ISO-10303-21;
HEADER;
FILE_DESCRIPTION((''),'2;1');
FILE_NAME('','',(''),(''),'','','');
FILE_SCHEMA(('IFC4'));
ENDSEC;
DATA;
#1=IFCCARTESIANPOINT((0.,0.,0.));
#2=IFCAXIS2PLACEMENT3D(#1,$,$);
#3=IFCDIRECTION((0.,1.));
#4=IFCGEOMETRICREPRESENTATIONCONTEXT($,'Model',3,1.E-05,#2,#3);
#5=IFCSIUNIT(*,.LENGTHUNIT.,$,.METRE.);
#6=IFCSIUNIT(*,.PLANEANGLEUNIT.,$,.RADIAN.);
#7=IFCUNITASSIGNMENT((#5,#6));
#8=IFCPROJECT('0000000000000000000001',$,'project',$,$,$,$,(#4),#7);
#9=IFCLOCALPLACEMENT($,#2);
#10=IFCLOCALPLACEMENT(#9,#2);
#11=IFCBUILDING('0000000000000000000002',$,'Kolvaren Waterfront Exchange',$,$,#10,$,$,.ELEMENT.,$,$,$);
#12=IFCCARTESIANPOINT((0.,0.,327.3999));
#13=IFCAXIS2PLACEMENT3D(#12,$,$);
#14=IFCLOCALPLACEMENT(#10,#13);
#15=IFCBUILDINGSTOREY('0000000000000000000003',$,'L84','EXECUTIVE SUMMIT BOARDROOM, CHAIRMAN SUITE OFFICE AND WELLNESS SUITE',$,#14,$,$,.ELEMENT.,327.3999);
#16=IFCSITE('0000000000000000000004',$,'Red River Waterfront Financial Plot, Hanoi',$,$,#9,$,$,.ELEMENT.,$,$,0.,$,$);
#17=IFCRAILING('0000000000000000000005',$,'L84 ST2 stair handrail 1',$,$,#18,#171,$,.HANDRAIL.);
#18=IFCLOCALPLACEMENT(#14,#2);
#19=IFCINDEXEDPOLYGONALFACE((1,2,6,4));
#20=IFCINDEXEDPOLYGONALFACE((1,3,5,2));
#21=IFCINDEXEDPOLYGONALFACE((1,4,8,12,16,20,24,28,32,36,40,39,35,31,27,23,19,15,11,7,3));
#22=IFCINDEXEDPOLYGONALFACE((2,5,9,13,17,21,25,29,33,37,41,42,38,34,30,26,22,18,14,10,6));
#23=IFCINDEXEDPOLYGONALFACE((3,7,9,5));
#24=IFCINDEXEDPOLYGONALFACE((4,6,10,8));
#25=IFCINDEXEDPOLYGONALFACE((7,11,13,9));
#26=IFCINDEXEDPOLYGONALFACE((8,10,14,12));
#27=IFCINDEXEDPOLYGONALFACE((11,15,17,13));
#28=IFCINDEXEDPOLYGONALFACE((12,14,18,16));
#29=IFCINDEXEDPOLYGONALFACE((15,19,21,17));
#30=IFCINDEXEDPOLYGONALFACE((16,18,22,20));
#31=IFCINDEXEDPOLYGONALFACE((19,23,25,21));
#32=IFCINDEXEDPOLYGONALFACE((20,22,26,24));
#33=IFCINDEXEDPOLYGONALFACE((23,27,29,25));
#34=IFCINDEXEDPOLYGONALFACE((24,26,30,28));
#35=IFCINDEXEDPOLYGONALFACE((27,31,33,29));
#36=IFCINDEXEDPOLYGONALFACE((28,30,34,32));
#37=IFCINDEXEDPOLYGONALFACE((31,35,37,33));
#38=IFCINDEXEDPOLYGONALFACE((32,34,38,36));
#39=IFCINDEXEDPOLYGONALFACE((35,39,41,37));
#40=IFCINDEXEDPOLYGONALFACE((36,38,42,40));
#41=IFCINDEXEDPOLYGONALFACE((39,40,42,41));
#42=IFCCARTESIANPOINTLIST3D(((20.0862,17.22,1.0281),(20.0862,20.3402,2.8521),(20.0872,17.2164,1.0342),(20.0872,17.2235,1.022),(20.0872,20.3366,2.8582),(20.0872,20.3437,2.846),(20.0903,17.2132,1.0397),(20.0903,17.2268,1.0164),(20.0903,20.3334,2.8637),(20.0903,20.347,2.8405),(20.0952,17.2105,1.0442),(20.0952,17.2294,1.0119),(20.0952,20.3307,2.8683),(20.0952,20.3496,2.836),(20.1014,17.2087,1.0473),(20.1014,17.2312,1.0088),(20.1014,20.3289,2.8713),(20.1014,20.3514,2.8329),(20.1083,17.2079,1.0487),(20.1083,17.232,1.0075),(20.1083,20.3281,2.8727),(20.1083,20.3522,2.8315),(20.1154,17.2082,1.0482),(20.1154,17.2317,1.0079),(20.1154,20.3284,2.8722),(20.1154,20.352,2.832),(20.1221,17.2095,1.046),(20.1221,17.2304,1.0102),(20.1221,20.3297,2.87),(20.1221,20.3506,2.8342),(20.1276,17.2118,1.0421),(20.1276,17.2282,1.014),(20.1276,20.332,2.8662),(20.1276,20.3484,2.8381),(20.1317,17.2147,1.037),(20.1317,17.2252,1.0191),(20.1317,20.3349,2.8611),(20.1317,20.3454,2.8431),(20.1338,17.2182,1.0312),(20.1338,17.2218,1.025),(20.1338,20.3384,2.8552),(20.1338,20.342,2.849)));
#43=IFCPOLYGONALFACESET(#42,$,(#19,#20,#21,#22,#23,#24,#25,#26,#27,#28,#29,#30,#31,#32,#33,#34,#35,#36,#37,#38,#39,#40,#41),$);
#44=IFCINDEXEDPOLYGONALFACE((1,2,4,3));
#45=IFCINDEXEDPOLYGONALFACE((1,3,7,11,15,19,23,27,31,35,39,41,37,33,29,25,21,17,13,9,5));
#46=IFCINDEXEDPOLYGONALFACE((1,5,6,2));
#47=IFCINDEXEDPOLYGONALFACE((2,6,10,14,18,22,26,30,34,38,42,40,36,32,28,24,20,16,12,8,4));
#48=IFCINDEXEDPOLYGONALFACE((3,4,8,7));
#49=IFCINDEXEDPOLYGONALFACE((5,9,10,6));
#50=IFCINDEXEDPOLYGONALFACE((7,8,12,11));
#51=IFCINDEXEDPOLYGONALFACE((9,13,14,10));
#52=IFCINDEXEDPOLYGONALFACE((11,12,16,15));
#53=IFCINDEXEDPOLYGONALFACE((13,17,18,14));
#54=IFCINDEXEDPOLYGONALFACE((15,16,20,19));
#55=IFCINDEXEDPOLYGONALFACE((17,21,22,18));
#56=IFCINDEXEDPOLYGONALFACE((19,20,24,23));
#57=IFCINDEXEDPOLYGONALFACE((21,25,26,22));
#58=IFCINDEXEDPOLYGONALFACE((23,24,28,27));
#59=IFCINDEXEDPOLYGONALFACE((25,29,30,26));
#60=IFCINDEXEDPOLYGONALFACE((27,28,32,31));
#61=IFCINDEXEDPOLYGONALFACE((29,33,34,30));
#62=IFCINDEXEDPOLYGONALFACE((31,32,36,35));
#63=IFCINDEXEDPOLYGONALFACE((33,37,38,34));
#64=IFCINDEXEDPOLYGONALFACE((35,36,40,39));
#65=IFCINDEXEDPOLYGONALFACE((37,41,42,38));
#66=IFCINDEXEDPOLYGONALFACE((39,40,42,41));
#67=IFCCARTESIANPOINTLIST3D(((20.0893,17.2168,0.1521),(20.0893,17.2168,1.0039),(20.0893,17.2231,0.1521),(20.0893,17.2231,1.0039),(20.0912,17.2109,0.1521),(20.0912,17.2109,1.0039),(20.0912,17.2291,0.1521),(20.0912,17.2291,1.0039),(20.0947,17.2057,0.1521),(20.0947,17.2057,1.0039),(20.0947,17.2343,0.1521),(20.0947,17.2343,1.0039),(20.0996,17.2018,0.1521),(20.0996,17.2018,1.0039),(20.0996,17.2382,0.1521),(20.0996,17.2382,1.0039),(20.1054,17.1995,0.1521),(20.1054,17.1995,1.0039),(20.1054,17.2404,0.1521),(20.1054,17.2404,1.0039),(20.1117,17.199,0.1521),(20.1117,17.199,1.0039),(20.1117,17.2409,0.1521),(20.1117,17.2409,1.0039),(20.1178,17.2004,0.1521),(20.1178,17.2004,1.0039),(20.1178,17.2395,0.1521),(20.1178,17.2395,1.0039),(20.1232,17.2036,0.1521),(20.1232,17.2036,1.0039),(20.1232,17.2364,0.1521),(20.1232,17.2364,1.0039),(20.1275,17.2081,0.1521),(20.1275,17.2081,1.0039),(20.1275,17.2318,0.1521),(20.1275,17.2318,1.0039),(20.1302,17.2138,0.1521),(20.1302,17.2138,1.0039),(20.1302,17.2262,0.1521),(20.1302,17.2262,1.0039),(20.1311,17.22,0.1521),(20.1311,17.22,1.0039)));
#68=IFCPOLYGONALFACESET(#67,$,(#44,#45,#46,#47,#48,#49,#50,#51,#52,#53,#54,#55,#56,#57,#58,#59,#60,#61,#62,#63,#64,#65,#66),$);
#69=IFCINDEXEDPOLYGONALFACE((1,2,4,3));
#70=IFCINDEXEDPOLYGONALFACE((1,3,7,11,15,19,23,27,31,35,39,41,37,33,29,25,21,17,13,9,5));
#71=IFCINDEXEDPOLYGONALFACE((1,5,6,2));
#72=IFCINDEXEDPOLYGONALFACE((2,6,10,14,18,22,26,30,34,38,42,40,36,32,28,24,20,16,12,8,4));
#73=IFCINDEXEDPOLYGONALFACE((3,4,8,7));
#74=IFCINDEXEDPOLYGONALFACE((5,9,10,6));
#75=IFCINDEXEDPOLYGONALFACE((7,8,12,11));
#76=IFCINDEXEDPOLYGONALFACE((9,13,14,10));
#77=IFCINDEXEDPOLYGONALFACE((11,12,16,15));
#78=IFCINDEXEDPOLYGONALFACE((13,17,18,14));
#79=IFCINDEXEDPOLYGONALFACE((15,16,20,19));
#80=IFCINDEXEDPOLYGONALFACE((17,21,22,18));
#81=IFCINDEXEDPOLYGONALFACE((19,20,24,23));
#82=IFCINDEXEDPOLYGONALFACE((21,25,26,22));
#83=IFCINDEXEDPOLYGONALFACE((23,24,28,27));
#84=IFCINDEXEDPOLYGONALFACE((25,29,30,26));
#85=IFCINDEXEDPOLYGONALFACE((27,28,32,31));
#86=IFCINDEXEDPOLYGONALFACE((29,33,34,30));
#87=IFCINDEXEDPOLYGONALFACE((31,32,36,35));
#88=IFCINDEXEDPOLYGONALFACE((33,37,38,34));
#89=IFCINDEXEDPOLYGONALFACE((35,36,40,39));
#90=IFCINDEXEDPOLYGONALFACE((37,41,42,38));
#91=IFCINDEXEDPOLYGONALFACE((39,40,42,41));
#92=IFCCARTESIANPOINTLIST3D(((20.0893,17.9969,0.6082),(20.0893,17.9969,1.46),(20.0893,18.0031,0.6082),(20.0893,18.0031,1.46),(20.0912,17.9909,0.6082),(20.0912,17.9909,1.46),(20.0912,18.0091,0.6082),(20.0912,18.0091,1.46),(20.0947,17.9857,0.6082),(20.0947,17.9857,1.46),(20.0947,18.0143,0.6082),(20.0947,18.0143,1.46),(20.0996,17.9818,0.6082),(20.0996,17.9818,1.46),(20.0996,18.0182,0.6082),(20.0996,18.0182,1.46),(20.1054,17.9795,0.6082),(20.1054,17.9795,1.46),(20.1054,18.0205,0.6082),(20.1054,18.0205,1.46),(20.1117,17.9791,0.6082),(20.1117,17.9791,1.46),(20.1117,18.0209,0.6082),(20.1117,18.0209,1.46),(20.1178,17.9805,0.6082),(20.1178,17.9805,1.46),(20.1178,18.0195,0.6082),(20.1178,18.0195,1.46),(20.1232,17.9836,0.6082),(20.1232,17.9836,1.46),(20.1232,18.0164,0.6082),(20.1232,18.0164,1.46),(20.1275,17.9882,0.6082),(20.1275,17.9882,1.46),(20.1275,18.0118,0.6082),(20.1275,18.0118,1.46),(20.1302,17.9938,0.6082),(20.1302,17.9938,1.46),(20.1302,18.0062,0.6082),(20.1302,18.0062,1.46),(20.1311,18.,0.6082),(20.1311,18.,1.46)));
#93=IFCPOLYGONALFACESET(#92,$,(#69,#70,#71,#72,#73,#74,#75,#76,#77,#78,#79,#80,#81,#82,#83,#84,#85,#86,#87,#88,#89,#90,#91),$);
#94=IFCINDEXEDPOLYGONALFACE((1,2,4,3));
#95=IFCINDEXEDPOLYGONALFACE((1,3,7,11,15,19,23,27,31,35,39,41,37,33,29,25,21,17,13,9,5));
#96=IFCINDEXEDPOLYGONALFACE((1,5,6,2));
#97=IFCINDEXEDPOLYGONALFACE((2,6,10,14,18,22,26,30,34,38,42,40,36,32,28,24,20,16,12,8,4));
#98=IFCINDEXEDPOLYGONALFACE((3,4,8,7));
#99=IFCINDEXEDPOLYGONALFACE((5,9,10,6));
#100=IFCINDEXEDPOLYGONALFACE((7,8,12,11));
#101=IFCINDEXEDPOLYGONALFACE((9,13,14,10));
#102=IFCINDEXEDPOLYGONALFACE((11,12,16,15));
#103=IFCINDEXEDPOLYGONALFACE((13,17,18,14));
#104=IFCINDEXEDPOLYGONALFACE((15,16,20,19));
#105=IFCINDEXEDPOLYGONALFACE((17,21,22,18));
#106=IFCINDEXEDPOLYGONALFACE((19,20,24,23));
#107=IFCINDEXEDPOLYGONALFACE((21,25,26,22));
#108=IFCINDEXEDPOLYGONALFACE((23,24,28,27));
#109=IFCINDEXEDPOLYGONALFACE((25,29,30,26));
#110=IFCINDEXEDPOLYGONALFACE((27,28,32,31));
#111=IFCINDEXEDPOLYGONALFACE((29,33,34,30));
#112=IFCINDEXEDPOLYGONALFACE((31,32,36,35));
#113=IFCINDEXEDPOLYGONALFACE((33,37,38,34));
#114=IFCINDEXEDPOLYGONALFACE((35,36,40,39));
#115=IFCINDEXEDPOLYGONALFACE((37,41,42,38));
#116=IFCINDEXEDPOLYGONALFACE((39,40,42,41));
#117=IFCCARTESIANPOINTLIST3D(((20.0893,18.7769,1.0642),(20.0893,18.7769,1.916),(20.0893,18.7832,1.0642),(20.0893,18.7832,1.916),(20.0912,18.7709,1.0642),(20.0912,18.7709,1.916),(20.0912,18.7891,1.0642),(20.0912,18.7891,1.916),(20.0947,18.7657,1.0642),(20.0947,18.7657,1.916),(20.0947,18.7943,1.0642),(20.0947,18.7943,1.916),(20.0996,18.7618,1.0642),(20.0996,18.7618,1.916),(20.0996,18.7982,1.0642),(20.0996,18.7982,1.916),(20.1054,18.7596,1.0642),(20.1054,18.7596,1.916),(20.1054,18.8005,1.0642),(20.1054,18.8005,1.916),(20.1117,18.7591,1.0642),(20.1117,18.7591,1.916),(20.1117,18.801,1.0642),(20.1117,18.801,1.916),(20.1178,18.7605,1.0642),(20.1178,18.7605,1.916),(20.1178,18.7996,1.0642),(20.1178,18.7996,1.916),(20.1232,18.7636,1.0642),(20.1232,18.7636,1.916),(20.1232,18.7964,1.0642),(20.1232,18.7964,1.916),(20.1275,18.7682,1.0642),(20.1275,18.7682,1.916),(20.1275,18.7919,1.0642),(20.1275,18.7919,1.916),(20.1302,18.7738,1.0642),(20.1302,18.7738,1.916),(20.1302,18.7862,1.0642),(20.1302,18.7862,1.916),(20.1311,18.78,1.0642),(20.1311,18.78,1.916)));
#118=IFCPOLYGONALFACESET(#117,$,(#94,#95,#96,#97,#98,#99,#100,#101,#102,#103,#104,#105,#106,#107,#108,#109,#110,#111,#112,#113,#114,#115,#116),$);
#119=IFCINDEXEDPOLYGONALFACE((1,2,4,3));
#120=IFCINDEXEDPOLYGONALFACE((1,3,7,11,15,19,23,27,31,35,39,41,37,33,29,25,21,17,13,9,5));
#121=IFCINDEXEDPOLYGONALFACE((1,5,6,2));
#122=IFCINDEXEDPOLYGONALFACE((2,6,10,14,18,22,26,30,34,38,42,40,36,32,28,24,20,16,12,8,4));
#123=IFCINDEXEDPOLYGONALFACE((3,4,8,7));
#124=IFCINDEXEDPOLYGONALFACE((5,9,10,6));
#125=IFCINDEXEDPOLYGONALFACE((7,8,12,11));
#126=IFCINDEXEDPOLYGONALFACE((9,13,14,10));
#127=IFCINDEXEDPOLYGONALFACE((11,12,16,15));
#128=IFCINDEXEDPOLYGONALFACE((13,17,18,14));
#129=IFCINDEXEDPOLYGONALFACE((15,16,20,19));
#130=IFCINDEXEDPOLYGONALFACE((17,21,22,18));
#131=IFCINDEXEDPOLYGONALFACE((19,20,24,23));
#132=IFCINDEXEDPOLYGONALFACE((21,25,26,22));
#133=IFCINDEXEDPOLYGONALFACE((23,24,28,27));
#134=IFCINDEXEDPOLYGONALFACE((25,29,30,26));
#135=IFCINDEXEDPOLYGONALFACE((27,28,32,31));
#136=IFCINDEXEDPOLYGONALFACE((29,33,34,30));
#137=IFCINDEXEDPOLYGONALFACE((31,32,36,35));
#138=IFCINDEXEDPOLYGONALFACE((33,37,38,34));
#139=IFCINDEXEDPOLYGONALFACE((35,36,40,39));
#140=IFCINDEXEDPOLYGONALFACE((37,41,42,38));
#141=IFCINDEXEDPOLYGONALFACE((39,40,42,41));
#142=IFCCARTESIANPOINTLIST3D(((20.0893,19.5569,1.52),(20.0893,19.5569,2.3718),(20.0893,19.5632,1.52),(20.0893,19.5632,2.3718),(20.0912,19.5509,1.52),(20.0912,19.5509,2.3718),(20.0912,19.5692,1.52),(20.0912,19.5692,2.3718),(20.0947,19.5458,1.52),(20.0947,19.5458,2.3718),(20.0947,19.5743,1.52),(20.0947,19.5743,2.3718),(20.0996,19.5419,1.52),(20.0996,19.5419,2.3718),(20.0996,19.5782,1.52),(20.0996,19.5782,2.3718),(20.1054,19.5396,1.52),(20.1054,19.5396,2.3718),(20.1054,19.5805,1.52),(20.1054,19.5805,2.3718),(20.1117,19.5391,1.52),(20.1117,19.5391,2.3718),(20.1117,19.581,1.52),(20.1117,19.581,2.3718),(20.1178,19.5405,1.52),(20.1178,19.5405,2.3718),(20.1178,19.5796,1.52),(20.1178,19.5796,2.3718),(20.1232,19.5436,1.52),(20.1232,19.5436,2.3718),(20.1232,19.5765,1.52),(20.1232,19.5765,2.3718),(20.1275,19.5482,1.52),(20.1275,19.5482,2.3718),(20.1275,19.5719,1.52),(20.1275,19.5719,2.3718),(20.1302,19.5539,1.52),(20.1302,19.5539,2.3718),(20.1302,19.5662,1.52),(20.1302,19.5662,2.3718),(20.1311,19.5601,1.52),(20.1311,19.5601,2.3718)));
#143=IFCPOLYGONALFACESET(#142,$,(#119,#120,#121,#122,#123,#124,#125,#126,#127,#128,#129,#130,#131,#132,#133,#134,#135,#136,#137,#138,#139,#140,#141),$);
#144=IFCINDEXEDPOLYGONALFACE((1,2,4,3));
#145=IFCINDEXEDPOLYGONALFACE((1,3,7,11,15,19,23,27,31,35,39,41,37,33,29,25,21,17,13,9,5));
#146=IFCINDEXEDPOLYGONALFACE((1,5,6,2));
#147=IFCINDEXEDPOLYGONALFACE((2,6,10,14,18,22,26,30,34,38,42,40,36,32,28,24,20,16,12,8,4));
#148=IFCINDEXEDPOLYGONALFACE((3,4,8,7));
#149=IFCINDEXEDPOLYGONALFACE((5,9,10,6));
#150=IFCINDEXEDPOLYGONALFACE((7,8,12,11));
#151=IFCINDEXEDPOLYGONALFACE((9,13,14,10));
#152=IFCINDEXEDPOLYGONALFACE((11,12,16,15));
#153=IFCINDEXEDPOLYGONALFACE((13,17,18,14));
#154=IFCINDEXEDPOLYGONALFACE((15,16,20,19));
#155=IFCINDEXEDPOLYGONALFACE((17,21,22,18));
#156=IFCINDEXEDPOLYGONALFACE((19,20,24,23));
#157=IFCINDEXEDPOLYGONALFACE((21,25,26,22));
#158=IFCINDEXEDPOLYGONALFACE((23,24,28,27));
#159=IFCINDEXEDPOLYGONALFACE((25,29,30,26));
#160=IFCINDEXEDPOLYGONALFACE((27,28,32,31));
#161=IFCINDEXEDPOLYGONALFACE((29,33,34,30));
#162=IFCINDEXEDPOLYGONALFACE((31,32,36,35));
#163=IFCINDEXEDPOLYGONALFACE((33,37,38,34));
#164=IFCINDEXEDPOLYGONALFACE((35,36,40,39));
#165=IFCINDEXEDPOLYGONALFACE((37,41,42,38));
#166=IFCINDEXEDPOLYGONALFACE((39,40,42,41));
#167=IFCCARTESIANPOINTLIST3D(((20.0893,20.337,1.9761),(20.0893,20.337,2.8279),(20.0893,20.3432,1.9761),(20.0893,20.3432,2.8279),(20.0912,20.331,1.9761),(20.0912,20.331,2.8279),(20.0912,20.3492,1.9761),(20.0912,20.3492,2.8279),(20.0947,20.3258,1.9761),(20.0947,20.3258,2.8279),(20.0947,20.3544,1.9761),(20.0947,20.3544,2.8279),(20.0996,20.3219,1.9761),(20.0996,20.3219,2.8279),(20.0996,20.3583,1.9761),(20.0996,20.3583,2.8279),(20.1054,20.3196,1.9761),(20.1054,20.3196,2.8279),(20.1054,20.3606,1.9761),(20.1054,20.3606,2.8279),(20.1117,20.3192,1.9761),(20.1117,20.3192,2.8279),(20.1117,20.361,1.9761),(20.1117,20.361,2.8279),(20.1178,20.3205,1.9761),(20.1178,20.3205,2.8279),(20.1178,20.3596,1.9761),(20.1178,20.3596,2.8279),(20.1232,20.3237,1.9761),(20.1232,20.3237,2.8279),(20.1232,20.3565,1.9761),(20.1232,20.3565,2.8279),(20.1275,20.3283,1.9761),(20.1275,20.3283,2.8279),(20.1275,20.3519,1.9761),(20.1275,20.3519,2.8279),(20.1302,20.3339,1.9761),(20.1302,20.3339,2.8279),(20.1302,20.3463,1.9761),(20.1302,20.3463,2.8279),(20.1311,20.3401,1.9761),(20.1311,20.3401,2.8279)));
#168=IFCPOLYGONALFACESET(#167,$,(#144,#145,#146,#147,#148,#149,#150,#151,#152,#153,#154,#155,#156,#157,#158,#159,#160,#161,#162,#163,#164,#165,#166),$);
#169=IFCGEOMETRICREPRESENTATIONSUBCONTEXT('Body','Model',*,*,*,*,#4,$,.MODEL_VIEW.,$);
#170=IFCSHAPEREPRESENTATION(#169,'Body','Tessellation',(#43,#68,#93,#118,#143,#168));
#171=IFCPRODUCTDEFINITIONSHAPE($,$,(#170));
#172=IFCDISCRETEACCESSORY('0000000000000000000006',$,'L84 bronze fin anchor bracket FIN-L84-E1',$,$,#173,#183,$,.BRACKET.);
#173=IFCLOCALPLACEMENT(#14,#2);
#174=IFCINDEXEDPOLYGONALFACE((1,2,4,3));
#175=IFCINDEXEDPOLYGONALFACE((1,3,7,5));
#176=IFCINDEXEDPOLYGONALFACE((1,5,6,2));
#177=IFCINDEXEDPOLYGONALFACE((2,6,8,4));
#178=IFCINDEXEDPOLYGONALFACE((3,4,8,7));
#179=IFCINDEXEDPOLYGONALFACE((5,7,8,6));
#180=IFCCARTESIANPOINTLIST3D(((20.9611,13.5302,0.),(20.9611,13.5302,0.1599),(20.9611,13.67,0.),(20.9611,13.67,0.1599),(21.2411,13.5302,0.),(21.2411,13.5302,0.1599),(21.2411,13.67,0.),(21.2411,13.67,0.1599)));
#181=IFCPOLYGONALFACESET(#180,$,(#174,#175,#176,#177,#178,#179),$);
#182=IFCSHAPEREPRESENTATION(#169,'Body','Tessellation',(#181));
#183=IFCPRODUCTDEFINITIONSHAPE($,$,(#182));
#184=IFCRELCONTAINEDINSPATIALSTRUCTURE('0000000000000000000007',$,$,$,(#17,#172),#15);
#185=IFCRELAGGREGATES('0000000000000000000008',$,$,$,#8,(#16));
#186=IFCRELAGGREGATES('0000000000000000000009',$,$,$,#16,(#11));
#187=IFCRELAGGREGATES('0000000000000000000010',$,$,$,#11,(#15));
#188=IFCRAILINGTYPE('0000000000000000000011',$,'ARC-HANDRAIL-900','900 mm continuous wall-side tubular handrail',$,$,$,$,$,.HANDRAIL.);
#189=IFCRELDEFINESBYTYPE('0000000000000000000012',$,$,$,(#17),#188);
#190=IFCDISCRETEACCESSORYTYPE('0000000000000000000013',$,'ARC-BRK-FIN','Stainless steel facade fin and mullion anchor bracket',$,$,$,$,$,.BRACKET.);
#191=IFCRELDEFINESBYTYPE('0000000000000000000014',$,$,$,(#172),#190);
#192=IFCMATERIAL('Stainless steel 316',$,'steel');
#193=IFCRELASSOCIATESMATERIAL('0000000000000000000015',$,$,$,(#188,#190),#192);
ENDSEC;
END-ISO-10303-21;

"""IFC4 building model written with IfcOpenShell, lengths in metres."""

from ifc_helpers import new_model, si_unit, direction, frame, origin, origin_with_axes, origin_2d, place, context, subcontext, project, spatial, rectangle, circle, extrude, source, transform, mapped, material, type_object, element, save


model = new_model("IFC4")

# Units and contexts
model_context = context("Model", 3, precision=1e-05, world=origin(), true_north=direction((0.0, 1.0)))
body_context = subcontext(model_context, "Body", "Model", "MODEL_VIEW")
ifc_project = project(units=[si_unit("LENGTHUNIT", "METRE"), si_unit("PLANEANGLEUNIT", "RADIAN")], contexts=[model_context])

# Site, building, storey
site_placement = place(None, origin())
site = spatial("IfcSite", under=ifc_project, at=site_placement, Name="Red River Waterfront Financial Plot, Hanoi", CompositionType="ELEMENT", RefElevation=0.0)
building_placement = place(site_placement, origin())
building = spatial("IfcBuilding", under=site, at=building_placement, Name="Kolvaren Waterfront Exchange", CompositionType="ELEMENT")
storey_placement = place(building_placement, frame((0.0, 0.0, 327.3999)))
storey = spatial("IfcBuildingStorey", under=building, at=storey_placement, Name="L84", Description="EXECUTIVE SUMMIT BOARDROOM, CHAIRMAN SUITE OFFICE AND WELLNESS SUITE", CompositionType="ELEMENT", Elevation=327.3999)

# Railing
ifc_material_1 = material(Name="Stainless steel 316", Category="steel")
railing_type_1 = type_object("IfcRailingType", Name="ARC-HANDRAIL-900", Description="900 mm continuous wall-side tubular handrail", PredefinedType="HANDRAIL", material=ifc_material_1)
railing_1_placement = place(storey_placement, frame((20.1101, 17.22, 0.1521)))
element("IfcRailing", 1, at=railing_1_placement, inside=storey, type_object=railing_type_1, Name="L84 ST2 stair handrail 1", PredefinedType="HANDRAIL", context=body_context, shape_type="SweptSolid", body=[
    extrude(circle(Radius=0.0239, at=origin_2d()), frame((0.0, 0.0, 0.876), z_axis=(0.0, 0.863308, 0.504677), x_axis=(-1.0, 0.0, 0.0)), (0.0, 0.0, 1.0), 3.6143),
    extrude(circle(Radius=0.021, at=origin_2d()), origin(), (0.0, 0.0, 1.0), 0.8518),
    extrude(circle(Radius=0.021, at=origin_2d()), frame((0.0, 0.78, 0.4561)), (0.0, 0.0, 1.0), 0.8518),
    extrude(circle(Radius=0.021, at=origin_2d()), frame((0.0, 1.5601, 0.9121)), (0.0, 0.0, 1.0), 0.8518),
    extrude(circle(Radius=0.021, at=origin_2d()), frame((0.0, 2.3401, 1.3679)), (0.0, 0.0, 1.0), 0.8518),
    extrude(circle(Radius=0.021, at=origin_2d()), frame((0.0, 3.1201, 1.824)), (0.0, 0.0, 1.0), 0.8518),
])

# Discrete accessory
discrete_accessory_type = type_object("IfcDiscreteAccessoryType", Name="ARC-BRK-FIN", Description="Stainless steel facade fin and mullion anchor bracket", PredefinedType="BRACKET", material=ifc_material_1)
shared_shape = source(origin_with_axes(), body_context, "Body", "SweptSolid", [
    extrude(rectangle(XDim=0.28, YDim=0.1399, at=origin_2d()), origin(), (0.0, 0.0, 1.0), 0.1599),
])
discrete_accessory_placement = place(storey_placement, frame((21.1011, 13.6001, 0.0), z_axis=(0.0, 0.0, 1.0), x_axis=(1.0, 0.0, 0.0)))
element("IfcDiscreteAccessory", 2, at=discrete_accessory_placement, inside=storey, type_object=discrete_accessory_type, Name="L84 bronze fin anchor bracket FIN-L84-E1", PredefinedType="BRACKET", context=body_context, shape_type="MappedRepresentation", body=[
    mapped(shared_shape, transform((0.0, 0.0, 0.0), x_axis=(1.0, 0.0, 0.0), y_axis=(0.0, 1.0, 0.0), z_axis=(0.0, 0.0, 1.0), scale=1.0)),
])

save(model, "model.ifc")
